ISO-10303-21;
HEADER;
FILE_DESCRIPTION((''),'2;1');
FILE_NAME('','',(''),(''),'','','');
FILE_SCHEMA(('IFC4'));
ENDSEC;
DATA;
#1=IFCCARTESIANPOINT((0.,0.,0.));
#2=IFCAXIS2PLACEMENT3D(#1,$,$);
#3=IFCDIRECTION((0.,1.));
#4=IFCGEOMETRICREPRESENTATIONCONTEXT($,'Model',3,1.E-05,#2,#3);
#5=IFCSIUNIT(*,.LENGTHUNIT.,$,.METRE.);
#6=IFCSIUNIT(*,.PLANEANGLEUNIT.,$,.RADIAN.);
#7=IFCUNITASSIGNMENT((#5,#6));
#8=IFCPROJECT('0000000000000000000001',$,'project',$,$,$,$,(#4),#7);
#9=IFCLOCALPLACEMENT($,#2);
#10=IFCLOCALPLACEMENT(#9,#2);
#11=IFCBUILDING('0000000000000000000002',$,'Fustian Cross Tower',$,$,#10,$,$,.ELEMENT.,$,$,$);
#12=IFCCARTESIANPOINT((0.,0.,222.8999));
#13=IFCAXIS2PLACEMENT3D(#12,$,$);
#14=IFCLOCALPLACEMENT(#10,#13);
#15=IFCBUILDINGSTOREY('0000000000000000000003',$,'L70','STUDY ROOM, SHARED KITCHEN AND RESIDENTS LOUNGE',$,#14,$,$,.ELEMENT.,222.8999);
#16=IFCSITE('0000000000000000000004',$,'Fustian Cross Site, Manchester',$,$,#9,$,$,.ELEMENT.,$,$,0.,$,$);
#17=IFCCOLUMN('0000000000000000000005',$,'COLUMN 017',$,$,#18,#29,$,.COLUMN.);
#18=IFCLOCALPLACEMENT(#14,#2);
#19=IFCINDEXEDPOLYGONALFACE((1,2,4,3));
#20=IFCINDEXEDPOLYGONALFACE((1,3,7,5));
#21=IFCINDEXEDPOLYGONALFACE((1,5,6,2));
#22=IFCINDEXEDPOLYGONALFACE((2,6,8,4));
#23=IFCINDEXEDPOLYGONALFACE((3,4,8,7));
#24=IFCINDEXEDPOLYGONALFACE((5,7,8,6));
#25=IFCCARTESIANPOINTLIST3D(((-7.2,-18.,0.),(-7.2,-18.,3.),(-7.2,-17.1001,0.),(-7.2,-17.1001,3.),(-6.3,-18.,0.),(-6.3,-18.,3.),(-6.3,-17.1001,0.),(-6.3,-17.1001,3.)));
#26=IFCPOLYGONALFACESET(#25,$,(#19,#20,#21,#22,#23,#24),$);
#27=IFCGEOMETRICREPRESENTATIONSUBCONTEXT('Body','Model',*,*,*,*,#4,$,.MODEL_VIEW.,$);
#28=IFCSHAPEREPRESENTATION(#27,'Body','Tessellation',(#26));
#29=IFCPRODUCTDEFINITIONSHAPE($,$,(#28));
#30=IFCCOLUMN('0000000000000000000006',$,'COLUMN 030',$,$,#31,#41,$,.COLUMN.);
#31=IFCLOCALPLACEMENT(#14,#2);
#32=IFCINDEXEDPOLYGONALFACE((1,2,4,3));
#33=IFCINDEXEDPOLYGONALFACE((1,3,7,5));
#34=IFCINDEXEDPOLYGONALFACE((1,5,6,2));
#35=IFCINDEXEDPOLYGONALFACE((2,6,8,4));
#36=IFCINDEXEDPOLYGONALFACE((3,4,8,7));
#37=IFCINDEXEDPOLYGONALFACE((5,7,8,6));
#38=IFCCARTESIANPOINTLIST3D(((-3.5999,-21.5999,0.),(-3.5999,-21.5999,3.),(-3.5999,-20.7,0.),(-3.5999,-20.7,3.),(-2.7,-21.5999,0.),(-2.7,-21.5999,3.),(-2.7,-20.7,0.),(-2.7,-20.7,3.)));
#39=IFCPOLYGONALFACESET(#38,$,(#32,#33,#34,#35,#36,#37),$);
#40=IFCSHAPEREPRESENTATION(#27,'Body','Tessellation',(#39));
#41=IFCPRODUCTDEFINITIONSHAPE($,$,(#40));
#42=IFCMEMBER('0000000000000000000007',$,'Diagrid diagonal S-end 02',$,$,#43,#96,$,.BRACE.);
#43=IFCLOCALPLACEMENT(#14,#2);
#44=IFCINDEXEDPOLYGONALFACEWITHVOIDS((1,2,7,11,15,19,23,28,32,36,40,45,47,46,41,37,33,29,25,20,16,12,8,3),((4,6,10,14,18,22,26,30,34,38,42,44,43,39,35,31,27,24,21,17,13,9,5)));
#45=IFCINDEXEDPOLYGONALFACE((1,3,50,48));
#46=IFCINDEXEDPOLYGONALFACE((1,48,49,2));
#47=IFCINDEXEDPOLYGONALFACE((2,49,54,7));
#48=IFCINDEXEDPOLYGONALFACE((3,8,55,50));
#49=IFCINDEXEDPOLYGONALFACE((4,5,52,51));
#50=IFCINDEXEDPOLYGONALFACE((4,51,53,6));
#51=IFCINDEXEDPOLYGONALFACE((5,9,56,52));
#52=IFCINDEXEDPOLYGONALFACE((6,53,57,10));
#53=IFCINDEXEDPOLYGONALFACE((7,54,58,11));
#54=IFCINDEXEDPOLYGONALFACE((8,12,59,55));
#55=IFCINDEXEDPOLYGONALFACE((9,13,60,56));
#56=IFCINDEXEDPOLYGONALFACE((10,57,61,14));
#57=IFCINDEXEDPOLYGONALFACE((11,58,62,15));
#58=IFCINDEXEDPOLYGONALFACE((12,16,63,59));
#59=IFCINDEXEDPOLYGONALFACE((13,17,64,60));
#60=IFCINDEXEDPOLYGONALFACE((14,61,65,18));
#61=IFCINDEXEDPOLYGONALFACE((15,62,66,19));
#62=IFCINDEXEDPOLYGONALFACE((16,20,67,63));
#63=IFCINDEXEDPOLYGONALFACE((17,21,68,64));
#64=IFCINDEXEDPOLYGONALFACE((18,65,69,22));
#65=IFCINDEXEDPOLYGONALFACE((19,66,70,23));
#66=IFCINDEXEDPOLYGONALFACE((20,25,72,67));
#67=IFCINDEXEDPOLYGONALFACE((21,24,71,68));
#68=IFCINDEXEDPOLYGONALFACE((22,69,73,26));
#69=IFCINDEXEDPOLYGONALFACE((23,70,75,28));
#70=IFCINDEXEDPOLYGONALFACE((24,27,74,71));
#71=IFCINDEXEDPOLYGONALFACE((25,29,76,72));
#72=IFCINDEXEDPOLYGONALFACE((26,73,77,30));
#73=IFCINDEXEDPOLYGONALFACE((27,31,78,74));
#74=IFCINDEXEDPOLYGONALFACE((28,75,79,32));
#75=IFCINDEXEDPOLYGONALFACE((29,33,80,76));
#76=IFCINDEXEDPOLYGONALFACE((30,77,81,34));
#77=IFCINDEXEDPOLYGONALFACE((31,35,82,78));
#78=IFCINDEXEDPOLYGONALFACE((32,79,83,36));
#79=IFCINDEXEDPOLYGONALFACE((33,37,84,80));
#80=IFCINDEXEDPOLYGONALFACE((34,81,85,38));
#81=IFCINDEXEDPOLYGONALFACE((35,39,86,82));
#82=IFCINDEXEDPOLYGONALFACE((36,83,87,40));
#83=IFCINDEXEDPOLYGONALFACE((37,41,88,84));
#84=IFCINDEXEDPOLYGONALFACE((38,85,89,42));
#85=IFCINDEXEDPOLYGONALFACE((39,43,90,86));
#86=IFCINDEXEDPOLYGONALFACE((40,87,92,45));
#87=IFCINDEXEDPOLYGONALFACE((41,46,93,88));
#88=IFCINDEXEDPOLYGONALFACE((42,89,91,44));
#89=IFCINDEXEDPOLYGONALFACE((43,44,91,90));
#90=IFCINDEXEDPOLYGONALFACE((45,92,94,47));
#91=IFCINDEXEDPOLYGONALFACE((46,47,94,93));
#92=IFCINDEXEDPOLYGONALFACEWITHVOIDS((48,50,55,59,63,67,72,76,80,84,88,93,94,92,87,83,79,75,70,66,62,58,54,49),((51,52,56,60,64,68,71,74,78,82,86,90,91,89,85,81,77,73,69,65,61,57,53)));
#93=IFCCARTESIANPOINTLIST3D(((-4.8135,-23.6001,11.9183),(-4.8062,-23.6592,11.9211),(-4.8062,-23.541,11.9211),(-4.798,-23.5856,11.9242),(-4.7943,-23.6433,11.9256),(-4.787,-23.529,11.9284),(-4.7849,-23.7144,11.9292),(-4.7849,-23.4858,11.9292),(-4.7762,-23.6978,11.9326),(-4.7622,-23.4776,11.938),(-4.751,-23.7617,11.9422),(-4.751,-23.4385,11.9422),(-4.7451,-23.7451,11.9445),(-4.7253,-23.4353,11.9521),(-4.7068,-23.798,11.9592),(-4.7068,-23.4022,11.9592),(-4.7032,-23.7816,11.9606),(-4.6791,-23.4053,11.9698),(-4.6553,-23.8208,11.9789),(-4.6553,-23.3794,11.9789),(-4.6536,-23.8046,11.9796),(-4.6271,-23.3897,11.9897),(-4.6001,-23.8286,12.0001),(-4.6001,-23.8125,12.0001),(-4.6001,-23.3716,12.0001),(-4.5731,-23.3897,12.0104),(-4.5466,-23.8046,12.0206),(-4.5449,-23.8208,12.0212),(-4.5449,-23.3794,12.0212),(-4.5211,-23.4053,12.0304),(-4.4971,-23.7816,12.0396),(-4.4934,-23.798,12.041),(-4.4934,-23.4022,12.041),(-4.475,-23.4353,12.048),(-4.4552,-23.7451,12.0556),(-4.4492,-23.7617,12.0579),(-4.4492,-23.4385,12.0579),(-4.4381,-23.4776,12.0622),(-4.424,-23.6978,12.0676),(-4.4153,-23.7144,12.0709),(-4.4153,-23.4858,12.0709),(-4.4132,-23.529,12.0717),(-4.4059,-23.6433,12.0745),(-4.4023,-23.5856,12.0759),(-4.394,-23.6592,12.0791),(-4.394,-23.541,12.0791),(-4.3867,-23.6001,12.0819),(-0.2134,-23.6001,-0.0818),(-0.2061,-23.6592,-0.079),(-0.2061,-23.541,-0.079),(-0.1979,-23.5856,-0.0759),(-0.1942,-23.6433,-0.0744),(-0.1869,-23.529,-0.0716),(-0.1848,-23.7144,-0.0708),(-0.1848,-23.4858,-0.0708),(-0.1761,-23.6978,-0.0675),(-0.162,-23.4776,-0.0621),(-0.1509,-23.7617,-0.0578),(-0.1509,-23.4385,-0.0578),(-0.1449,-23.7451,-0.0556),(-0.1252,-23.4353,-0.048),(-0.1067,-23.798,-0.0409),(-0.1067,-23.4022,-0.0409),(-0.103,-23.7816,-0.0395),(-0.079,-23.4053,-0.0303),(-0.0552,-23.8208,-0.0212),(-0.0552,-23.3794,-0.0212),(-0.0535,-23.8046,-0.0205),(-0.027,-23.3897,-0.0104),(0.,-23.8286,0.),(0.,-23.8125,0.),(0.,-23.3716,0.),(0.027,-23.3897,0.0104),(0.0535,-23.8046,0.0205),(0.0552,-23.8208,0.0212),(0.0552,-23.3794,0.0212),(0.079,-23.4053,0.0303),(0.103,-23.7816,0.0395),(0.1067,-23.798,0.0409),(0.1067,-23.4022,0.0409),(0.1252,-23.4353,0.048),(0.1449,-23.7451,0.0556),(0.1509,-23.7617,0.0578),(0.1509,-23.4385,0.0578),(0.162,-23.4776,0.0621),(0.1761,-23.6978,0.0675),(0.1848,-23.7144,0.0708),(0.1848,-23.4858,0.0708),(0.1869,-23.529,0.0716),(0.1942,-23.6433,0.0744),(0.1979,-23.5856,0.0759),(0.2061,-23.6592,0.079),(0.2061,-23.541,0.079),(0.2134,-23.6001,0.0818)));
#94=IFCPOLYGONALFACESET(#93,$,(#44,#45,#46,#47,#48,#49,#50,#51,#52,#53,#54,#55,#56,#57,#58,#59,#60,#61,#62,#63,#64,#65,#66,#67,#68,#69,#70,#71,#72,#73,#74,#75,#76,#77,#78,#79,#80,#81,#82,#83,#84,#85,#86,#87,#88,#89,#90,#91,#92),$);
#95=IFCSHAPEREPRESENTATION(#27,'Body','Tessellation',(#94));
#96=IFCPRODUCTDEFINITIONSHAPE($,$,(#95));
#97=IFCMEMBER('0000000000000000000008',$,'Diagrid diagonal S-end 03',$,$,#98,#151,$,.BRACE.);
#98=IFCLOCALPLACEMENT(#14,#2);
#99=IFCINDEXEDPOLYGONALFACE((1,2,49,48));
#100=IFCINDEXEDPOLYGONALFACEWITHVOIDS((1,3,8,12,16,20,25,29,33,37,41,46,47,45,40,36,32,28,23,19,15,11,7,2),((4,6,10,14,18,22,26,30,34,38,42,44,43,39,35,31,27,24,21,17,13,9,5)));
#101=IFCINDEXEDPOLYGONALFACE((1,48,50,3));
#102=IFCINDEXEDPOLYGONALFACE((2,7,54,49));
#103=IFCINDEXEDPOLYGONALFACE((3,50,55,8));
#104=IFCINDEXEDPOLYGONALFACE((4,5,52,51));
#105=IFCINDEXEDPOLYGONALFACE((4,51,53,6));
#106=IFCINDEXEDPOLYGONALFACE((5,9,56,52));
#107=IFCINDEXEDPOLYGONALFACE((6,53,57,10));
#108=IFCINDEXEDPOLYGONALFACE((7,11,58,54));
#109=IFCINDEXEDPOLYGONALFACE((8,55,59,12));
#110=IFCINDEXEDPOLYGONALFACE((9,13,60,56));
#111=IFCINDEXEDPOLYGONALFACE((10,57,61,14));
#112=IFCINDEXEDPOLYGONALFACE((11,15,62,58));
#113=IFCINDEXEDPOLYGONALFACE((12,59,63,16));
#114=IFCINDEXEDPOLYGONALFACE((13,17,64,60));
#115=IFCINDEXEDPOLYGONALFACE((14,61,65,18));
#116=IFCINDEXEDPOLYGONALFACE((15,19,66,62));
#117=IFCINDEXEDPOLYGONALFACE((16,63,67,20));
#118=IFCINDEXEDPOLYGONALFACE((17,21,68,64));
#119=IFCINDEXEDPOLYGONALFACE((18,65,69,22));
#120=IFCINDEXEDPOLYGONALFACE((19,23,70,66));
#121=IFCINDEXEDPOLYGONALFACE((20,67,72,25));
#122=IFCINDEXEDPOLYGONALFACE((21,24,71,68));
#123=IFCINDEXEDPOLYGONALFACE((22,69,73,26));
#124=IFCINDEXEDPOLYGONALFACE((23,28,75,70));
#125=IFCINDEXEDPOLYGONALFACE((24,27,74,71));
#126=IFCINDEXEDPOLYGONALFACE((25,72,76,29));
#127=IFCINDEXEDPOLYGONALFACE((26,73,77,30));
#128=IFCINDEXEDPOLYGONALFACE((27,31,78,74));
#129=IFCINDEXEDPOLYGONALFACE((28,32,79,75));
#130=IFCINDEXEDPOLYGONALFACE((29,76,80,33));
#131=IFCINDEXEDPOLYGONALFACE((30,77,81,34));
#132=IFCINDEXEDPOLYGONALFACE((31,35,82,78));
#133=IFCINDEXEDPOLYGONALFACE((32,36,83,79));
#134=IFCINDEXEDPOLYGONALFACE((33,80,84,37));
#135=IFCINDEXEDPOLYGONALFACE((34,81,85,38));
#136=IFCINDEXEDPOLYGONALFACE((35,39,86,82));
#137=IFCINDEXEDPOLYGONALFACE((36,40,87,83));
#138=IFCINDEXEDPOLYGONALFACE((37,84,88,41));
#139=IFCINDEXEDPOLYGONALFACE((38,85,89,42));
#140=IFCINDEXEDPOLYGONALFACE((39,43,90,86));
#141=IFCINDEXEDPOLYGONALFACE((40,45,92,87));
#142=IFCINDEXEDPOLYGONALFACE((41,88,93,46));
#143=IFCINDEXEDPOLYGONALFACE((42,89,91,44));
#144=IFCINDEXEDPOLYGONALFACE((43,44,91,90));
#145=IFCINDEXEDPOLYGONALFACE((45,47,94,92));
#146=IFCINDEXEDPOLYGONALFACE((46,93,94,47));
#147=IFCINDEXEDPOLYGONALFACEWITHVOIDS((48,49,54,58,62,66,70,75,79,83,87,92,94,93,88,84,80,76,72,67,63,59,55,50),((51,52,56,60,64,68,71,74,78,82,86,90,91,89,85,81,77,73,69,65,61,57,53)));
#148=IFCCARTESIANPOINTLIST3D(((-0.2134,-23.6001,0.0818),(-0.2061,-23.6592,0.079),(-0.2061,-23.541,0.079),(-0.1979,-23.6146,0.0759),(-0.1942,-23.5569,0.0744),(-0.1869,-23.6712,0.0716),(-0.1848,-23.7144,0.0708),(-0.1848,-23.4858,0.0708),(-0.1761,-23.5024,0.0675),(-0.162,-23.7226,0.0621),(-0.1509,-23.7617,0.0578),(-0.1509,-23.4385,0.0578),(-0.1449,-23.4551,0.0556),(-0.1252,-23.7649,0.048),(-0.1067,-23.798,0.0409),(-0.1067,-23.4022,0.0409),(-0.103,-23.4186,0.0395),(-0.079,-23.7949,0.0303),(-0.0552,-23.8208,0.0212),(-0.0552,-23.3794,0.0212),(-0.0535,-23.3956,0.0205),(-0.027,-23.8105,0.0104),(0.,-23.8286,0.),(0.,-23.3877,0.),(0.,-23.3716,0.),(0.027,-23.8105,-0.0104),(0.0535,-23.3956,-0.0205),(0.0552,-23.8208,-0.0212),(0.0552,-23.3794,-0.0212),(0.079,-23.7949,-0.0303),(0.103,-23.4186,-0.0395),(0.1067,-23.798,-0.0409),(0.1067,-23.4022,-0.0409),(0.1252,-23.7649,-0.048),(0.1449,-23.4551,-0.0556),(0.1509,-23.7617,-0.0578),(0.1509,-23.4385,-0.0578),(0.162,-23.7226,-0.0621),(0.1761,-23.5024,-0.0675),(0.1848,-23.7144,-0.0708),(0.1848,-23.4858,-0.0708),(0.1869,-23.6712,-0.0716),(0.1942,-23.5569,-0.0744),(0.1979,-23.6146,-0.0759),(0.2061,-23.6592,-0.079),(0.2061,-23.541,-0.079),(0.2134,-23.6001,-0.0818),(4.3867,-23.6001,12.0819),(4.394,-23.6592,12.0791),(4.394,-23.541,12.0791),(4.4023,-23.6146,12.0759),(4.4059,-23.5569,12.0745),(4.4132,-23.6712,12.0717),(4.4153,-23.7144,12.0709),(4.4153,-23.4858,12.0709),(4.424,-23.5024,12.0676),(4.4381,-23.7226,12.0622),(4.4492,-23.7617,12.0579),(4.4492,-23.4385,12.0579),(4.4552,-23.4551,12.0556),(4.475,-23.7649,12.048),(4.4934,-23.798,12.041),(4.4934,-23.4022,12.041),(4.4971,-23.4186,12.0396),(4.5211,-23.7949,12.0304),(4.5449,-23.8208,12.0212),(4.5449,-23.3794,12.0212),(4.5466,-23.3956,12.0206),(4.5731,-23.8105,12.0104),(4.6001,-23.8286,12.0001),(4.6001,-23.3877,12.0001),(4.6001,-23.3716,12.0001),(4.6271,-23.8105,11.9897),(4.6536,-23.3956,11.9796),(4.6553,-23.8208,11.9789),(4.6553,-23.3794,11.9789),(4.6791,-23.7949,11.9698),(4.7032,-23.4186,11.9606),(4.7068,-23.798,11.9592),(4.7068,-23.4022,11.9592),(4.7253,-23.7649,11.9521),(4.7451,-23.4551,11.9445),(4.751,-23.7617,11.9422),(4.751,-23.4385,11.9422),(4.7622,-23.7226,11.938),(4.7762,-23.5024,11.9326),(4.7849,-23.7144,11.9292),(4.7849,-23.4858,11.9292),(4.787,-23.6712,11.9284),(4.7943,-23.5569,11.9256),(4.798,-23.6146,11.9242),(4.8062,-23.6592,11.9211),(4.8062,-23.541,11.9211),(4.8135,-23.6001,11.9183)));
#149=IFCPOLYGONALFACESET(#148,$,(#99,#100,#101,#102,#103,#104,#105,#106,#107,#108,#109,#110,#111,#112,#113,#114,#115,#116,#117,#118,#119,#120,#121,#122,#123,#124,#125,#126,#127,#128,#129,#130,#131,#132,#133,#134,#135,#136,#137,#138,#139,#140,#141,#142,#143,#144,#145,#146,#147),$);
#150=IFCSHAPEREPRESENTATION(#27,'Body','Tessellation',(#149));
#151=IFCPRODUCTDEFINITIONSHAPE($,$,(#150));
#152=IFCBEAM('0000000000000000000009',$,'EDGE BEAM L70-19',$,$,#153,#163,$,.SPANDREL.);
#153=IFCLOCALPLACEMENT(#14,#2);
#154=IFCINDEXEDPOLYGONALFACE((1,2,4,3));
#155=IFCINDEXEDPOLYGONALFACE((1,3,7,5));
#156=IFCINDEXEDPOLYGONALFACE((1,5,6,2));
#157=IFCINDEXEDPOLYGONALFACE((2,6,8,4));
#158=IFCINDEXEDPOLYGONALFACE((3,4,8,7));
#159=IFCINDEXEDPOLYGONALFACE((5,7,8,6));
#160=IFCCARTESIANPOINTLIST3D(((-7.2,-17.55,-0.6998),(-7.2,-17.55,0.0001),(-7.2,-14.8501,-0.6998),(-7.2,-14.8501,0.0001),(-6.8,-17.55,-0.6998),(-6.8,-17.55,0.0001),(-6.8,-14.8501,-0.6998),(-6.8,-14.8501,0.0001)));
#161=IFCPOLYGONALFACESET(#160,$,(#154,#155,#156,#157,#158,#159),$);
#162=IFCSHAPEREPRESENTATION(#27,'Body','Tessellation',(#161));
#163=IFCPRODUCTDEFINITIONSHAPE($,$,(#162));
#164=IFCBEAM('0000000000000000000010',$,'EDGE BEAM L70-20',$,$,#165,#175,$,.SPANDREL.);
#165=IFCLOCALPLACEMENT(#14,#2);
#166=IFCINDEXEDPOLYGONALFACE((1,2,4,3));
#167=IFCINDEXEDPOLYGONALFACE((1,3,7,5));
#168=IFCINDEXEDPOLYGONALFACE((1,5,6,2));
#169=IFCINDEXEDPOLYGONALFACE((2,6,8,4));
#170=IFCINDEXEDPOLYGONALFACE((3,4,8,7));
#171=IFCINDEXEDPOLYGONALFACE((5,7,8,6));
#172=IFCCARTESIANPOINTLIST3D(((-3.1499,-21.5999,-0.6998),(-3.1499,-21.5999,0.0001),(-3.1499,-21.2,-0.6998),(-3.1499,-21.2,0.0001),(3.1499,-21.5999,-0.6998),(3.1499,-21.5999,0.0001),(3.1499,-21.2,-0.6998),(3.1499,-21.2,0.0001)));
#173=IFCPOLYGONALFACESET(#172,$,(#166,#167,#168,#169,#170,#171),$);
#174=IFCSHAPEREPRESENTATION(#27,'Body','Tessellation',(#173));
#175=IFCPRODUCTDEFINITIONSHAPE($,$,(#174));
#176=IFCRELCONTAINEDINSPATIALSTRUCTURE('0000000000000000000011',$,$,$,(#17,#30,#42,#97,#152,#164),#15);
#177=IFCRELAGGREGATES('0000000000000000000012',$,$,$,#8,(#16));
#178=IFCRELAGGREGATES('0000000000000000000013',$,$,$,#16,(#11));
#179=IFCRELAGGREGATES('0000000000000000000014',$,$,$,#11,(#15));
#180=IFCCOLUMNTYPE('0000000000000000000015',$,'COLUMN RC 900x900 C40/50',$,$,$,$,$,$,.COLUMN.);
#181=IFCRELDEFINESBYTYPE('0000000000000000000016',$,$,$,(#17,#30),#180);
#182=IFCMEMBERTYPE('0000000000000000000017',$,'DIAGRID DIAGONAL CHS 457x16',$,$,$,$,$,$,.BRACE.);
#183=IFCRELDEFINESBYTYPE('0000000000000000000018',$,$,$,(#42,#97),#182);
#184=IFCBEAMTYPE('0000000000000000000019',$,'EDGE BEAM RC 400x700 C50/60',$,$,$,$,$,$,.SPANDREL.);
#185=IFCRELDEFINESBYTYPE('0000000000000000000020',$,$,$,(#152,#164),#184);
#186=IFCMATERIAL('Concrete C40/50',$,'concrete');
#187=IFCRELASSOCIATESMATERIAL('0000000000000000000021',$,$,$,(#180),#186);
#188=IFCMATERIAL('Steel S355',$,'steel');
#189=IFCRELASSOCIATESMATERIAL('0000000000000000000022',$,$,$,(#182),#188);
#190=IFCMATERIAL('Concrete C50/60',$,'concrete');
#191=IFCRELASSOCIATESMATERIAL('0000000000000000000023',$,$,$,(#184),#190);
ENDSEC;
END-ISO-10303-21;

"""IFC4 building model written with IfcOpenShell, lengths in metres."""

from ifc_helpers import new_model, si_unit, direction, frame, origin, origin_2d, place, context, subcontext, project, spatial, rectangle, hollow_circle, extrude, material, material_profile, profile_set, type_object, element, save


model = new_model("IFC4")

# Units and contexts
model_context = context("Model", 3, precision=1e-05, world=origin(), true_north=direction((0.0, 1.0)))
body_context = subcontext(model_context, "Body", "Model", "MODEL_VIEW")
ifc_project = project(units=[si_unit("LENGTHUNIT", "METRE"), si_unit("PLANEANGLEUNIT", "RADIAN")], contexts=[model_context])

# Site, building, storey
site_placement = place(None, origin())
site = spatial("IfcSite", under=ifc_project, at=site_placement, Name="Fustian Cross Site, Manchester", CompositionType="ELEMENT", RefElevation=0.0)
building_placement = place(site_placement, origin())
building = spatial("IfcBuilding", under=site, at=building_placement, Name="Fustian Cross Tower", CompositionType="ELEMENT")
storey_placement = place(building_placement, frame((0.0, 0.0, 222.8999)))
storey = spatial("IfcBuildingStorey", under=building, at=storey_placement, Name="L70", Description="STUDY ROOM, SHARED KITCHEN AND RESIDENTS LOUNGE", CompositionType="ELEMENT", Elevation=222.8999)

# Columns
ifc_material_1 = material(Name="Concrete C40/50", Category="concrete")
ifc_material_profile_1 = material_profile(ifc_material_1, rectangle(XDim=0.8999, YDim=0.8999, at=origin_2d()), Name="RC 900x900")
ifc_profile_set_1 = profile_set([ifc_material_profile_1], Name="Concrete C40/50")
column_type = type_object("IfcColumnType", Name="COLUMN RC 900x900 C40/50", PredefinedType="COLUMN", material=ifc_profile_set_1)
for number, where, z_axis, x_axis, name in (
    (1, (-6.75, -17.55, 0.0), (0.0, 0.0, 1.0), (1.0, 0.0, 0.0), "COLUMN 017"),
    (2, (-3.1499, -21.1499, 0.0), (0.0, 0.0, 1.0), (1.0, 0.0, 0.0), "COLUMN 030"),
):
    element("IfcColumn", number, at=place(storey_placement, frame(where, z_axis=z_axis, x_axis=x_axis)), inside=storey, type_object=column_type, Name=name, PredefinedType="COLUMN", context=body_context, shape_type="SweptSolid", body=[
        extrude(rectangle(XDim=0.8999, YDim=0.8999, at=origin_2d()), origin(), (0.0, 0.0, 1.0), 3.0),
    ])

# Members
ifc_material_2 = material(Name="Steel S355", Category="steel")
ifc_material_profile_2 = material_profile(ifc_material_2, hollow_circle(Radius=0.2285, WallThickness=0.0161, at=origin_2d()), Name="CHS 457x16")
ifc_profile_set_2 = profile_set([ifc_material_profile_2], Name="Steel S355")
member_type = type_object("IfcMemberType", Name="DIAGRID DIAGONAL CHS 457x16", PredefinedType="BRACE", material=ifc_profile_set_2)
for number, where, z_axis, x_axis, name in (
    (3, (0.0, -23.6001, 0.0), (-0.357943, 0.0, 0.933744), (0.0, -1.0, 0.0), "Diagrid diagonal S-end 02"),
    (4, (0.0, -23.6001, 0.0), (0.357943, 0.0, 0.933744), (0.0, 1.0, 0.0), "Diagrid diagonal S-end 03"),
):
    element("IfcMember", number, at=place(storey_placement, frame(where, z_axis=z_axis, x_axis=x_axis)), inside=storey, type_object=member_type, Name=name, PredefinedType="BRACE", context=body_context, shape_type="SweptSolid", body=[
        extrude(hollow_circle(Radius=0.2285, WallThickness=0.0161, at=origin_2d()), origin(), (0.0, 0.0, 1.0), 12.8516),
    ])

# Beams
ifc_material_3 = material(Name="Concrete C50/60", Category="concrete")
ifc_material_profile_3 = material_profile(ifc_material_3, rectangle(XDim=0.3999, YDim=0.7, at=origin_2d()), Name="RC 400x700")
ifc_profile_set_3 = profile_set([ifc_material_profile_3], Name="Concrete C50/60")
beam_type = type_object("IfcBeamType", Name="EDGE BEAM RC 400x700 C50/60", PredefinedType="SPANDREL", material=ifc_profile_set_3)
beam_1_placement = place(storey_placement, frame((-7.0, -14.8501, -0.3499), z_axis=(0.0, -1.0, 0.0), x_axis=(1.0, 0.0, 0.0)))
element("IfcBeam", 5, at=beam_1_placement, inside=storey, type_object=beam_type, Name="EDGE BEAM L70-19", PredefinedType="SPANDREL", context=body_context, shape_type="SweptSolid", body=[
    extrude(rectangle(XDim=0.3999, YDim=0.7, at=origin_2d()), origin(), (0.0, 0.0, 1.0), 2.7),
])
beam_2_placement = place(storey_placement, frame((-3.1499, -21.3999, -0.3499), z_axis=(1.0, 0.0, 0.0), x_axis=(0.0, 1.0, 0.0)))
element("IfcBeam", 6, at=beam_2_placement, inside=storey, type_object=beam_type, Name="EDGE BEAM L70-20", PredefinedType="SPANDREL", context=body_context, shape_type="SweptSolid", body=[
    extrude(rectangle(XDim=0.3999, YDim=0.7, at=origin_2d()), origin(), (0.0, 0.0, 1.0), 6.2998),
])

save(model, "model.ifc")
